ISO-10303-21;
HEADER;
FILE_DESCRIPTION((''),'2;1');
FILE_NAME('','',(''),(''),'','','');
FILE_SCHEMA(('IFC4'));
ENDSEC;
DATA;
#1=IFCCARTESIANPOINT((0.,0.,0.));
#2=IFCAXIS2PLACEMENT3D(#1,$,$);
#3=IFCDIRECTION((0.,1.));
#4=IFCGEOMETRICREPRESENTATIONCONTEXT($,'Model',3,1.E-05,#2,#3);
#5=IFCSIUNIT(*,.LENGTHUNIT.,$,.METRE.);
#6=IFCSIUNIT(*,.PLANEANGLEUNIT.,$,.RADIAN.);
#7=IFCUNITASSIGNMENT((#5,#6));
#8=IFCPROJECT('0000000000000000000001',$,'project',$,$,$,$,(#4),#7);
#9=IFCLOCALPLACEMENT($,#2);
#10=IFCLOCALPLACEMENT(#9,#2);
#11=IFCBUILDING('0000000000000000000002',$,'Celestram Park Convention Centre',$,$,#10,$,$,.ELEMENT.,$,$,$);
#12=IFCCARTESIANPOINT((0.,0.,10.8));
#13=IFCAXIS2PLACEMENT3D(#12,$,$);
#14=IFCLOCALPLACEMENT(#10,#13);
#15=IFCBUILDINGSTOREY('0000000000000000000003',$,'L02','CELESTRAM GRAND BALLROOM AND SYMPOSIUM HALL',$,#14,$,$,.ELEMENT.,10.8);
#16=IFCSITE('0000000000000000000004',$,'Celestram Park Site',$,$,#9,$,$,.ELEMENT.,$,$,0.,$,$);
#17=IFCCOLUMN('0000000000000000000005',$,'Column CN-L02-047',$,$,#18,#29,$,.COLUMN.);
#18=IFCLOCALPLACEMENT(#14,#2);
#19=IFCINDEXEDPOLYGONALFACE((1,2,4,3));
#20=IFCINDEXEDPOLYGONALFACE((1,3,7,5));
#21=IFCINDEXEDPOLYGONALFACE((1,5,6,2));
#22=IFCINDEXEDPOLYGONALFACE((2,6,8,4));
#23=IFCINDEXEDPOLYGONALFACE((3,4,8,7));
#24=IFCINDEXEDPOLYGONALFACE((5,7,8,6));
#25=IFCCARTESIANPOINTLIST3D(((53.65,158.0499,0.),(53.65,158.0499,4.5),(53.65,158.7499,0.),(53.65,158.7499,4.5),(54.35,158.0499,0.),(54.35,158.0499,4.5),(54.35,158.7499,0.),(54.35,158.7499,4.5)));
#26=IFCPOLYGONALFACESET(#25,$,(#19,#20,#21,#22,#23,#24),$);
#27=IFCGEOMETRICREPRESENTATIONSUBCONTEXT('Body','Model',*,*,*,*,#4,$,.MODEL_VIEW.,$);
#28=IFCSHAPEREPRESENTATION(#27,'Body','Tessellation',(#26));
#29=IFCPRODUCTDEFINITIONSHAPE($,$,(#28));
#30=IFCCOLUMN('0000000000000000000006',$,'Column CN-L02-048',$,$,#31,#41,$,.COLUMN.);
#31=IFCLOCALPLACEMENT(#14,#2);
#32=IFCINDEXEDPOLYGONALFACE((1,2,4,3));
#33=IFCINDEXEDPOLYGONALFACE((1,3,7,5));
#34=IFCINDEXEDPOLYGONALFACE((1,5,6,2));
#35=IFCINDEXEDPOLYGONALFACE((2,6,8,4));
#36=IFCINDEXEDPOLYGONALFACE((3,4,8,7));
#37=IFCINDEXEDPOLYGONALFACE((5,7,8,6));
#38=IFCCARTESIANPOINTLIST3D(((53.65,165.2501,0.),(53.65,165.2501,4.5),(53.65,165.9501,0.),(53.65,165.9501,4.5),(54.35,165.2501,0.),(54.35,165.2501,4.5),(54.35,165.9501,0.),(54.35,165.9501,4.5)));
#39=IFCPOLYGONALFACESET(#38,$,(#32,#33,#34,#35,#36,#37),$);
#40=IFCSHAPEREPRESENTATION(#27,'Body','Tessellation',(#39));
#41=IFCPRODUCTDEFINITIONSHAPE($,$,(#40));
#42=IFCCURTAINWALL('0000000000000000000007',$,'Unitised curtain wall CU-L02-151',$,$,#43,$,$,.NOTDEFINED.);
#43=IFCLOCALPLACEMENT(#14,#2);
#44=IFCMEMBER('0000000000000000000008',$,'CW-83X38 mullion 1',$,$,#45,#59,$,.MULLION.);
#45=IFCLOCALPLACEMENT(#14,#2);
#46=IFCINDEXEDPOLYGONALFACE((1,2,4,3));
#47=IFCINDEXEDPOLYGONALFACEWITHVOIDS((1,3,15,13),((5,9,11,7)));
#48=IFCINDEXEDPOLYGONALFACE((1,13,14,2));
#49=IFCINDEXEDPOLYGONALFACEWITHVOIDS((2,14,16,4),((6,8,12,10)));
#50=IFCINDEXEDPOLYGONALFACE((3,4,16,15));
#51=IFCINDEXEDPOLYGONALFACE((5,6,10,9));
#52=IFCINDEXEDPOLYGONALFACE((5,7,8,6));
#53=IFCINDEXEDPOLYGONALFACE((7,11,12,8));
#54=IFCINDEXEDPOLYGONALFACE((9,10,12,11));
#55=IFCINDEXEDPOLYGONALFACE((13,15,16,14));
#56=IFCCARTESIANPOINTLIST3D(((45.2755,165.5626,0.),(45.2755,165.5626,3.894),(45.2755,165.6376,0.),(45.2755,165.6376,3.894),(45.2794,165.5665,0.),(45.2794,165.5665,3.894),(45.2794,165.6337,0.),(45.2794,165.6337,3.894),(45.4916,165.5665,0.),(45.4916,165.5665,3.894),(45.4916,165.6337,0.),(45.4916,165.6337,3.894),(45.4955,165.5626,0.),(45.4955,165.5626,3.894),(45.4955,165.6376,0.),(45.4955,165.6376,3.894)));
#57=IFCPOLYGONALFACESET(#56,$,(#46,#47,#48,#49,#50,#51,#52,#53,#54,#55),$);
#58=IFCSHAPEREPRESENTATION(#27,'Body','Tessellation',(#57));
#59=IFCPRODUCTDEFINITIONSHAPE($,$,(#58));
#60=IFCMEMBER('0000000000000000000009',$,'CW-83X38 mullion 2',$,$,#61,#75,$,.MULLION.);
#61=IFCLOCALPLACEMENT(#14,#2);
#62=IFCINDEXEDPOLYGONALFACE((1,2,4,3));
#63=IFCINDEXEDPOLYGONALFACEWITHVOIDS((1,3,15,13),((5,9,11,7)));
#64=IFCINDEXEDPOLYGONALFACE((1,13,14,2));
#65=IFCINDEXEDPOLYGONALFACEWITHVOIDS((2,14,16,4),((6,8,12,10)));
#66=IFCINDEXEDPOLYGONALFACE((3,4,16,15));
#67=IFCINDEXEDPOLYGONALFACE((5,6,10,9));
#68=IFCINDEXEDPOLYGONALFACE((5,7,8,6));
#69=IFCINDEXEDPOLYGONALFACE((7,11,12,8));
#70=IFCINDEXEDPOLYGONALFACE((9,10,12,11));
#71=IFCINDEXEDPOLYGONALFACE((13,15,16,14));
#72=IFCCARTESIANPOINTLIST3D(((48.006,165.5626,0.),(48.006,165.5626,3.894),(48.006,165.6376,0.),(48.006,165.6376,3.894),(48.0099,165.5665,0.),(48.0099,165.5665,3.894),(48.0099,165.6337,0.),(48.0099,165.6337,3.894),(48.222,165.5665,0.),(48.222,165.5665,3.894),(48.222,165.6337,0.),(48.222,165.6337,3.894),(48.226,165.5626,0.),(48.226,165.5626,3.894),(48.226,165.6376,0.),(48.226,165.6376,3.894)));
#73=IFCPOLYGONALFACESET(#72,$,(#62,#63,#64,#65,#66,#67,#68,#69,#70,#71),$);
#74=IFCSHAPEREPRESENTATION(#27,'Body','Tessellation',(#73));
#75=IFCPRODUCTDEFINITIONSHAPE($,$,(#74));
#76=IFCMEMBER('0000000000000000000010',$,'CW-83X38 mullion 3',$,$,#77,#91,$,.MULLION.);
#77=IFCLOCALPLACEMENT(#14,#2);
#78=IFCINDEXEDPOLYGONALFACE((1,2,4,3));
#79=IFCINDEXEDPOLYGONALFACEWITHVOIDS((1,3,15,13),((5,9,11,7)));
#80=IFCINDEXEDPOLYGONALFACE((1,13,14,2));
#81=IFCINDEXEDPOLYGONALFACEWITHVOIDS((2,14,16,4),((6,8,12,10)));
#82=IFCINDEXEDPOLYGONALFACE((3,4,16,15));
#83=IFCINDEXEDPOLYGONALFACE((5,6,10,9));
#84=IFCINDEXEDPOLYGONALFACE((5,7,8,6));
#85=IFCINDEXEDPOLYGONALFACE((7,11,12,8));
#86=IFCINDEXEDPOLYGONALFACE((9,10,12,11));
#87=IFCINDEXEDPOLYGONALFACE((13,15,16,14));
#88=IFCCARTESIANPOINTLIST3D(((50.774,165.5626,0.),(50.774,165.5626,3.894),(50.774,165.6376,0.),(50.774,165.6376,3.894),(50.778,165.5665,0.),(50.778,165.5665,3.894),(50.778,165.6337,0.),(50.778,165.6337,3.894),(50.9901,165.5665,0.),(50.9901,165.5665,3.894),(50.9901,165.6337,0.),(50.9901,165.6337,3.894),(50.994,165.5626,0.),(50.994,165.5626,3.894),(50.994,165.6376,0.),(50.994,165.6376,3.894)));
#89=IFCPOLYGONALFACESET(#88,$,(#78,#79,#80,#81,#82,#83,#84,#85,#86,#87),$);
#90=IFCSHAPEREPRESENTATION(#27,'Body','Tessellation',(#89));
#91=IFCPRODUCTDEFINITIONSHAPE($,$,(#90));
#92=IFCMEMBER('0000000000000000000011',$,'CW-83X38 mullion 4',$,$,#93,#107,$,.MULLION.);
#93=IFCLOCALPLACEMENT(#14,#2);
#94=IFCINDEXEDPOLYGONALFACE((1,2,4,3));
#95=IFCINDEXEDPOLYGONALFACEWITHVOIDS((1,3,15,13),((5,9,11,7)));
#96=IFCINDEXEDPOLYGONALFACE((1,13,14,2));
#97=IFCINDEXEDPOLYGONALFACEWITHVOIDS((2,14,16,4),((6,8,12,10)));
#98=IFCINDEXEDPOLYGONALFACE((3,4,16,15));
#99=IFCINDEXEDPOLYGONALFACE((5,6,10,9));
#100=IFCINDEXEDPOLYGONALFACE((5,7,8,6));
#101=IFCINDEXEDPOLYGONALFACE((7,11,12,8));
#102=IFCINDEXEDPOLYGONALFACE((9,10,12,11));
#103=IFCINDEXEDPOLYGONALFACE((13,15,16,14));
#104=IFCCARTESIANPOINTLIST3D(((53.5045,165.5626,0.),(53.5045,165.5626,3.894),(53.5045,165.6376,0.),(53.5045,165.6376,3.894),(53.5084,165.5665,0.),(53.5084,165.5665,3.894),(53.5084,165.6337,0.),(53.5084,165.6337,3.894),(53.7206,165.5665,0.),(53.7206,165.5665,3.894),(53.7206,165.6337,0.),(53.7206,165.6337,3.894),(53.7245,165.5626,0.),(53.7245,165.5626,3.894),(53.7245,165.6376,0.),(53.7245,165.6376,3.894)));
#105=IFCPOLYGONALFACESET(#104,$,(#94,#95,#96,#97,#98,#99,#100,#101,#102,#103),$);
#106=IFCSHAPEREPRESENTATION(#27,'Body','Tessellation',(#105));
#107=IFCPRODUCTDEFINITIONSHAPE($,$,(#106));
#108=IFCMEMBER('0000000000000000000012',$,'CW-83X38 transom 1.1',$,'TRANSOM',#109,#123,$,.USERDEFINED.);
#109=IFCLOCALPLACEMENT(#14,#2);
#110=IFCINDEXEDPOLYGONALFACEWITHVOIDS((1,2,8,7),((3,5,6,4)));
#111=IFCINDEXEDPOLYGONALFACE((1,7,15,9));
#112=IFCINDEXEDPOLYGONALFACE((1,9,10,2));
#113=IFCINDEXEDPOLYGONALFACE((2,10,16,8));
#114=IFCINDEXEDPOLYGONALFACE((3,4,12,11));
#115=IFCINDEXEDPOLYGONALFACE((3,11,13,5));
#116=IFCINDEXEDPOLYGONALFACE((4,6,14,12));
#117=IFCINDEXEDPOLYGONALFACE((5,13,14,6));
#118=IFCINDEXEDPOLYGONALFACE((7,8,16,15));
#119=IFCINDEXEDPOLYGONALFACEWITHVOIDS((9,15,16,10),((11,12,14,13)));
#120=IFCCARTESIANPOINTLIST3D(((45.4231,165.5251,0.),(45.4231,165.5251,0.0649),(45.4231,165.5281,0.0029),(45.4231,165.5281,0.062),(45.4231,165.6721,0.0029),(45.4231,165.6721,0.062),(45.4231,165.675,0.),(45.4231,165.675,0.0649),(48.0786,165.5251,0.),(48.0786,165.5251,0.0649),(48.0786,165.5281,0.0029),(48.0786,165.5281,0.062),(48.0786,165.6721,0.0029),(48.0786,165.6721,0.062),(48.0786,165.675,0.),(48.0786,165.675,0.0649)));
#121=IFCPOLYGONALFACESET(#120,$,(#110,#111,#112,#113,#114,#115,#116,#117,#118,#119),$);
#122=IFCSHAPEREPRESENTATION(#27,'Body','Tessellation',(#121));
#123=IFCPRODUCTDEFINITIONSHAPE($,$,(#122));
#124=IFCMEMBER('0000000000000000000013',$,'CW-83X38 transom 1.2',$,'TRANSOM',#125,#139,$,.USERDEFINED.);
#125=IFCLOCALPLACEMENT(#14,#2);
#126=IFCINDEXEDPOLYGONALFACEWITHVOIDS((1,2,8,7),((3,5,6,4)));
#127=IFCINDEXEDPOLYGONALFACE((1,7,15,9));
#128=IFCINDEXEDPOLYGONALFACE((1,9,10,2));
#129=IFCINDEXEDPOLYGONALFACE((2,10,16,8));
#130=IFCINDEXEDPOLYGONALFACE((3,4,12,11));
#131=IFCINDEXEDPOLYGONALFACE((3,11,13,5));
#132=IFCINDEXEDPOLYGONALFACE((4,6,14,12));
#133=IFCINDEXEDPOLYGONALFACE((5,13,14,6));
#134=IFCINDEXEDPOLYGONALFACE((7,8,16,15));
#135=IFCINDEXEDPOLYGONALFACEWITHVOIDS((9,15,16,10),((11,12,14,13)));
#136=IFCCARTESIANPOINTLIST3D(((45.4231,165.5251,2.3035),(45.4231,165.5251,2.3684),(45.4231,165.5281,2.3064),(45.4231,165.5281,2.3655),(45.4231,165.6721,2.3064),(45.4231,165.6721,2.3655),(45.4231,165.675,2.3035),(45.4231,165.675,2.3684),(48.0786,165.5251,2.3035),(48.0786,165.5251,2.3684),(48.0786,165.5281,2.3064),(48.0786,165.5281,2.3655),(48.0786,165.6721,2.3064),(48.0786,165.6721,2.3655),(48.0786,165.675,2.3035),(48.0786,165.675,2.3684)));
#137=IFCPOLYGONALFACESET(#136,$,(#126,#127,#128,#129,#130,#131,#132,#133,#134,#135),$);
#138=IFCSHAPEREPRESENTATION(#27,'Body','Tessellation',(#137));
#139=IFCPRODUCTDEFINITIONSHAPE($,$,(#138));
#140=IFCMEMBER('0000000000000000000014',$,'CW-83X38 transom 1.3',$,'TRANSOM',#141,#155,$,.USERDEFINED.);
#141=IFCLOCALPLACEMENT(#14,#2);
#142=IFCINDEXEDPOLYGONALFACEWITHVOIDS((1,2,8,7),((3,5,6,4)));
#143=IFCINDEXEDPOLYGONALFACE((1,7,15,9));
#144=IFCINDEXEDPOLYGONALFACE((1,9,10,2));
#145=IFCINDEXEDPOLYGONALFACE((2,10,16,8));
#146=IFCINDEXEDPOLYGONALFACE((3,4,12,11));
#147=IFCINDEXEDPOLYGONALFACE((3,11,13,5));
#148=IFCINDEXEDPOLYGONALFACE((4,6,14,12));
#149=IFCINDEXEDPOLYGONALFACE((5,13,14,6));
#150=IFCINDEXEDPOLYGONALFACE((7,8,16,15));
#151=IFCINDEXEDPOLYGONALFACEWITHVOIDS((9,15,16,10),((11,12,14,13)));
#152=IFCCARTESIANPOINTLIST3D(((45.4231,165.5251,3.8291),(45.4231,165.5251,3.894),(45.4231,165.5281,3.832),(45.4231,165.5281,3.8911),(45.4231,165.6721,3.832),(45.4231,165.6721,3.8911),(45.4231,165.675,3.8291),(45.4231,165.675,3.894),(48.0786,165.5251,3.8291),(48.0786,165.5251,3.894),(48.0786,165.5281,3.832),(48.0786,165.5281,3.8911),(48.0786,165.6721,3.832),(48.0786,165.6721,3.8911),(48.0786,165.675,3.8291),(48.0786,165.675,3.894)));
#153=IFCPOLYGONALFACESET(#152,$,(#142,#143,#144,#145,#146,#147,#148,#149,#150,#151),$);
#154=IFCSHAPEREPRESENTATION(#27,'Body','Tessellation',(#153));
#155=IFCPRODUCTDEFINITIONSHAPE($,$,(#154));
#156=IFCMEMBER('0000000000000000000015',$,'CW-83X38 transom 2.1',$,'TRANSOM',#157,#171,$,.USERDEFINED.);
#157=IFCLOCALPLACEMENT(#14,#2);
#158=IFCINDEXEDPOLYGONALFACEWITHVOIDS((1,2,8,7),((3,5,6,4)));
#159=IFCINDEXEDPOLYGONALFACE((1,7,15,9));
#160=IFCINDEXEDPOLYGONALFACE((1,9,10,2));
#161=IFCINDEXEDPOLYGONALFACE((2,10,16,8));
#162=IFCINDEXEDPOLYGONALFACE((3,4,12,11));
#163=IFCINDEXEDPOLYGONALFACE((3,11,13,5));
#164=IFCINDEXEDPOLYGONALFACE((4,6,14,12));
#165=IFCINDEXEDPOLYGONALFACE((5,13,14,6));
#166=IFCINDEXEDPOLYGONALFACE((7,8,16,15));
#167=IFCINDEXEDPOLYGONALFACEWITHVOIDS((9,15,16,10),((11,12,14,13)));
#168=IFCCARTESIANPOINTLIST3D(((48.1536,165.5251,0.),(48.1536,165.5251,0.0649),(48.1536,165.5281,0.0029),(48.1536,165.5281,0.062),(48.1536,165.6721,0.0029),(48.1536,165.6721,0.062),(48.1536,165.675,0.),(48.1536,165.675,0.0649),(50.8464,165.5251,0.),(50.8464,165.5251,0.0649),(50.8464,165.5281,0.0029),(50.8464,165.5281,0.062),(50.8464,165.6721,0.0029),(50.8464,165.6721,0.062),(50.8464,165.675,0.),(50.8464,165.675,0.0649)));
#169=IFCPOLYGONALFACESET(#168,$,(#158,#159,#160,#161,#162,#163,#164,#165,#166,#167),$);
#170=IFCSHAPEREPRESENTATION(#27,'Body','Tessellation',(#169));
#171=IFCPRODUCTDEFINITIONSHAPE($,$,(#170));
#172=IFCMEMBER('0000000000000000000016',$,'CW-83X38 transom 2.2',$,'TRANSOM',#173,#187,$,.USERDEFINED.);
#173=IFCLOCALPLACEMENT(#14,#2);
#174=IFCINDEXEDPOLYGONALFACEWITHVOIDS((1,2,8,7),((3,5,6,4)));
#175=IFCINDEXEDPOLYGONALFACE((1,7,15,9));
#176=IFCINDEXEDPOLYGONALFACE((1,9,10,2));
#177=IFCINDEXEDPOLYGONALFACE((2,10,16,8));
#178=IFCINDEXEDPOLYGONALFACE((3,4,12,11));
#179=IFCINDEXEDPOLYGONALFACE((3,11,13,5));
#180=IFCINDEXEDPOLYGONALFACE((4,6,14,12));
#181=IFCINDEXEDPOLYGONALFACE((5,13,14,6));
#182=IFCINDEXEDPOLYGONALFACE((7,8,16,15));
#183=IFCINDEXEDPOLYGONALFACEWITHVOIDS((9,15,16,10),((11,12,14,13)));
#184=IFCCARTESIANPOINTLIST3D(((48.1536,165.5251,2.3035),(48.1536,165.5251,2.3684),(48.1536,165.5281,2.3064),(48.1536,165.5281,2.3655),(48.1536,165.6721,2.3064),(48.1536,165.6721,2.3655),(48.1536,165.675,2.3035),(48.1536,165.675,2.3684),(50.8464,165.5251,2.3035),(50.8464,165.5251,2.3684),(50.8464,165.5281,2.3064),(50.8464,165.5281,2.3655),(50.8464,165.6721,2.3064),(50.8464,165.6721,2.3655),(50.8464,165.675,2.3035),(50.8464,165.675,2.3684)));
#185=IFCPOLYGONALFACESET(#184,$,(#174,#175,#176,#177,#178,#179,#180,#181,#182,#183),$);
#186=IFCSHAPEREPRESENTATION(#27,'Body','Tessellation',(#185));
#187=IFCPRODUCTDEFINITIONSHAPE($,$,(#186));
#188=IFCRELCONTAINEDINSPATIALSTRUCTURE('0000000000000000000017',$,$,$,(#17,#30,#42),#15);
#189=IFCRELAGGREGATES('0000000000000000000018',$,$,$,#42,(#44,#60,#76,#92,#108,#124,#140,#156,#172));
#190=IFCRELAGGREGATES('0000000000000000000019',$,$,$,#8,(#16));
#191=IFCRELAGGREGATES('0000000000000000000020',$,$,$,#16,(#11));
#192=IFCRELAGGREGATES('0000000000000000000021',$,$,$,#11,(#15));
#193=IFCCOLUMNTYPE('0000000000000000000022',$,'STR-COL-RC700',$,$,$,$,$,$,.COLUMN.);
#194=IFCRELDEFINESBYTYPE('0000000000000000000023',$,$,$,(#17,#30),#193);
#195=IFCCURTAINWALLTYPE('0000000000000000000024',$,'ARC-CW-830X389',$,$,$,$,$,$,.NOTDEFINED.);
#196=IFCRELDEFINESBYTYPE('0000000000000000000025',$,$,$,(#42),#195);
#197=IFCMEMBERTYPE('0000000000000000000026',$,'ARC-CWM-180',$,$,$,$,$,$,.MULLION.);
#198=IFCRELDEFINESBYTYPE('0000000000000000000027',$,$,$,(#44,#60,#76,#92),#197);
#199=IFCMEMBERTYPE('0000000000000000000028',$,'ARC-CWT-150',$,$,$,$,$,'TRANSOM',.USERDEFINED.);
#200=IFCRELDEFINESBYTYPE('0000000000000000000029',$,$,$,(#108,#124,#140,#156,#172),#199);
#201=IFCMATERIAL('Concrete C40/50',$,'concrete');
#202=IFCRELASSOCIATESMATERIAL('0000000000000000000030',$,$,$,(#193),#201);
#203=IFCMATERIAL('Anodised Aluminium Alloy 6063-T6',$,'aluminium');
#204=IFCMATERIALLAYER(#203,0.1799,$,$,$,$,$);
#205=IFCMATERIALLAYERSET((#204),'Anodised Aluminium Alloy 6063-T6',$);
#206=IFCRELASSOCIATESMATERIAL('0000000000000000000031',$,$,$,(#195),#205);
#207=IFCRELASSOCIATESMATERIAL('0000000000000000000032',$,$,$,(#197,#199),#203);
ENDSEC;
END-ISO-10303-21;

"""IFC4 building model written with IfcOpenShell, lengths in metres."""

from ifc_helpers import new_model, si_unit, direction, frame, origin, origin_2d, place, context, subcontext, project, spatial, rectangle, hollow_rectangle, extrude, material, layer, layer_set, material_profile, profile_set, type_object, element, aggregate, save


model = new_model("IFC4")

# Units and contexts
model_context = context("Model", 3, precision=1e-05, world=origin(), true_north=direction((0.0, 1.0)))
body_context = subcontext(model_context, "Body", "Model", "MODEL_VIEW")
ifc_project = project(units=[si_unit("LENGTHUNIT", "METRE"), si_unit("PLANEANGLEUNIT", "RADIAN")], contexts=[model_context])

# Site, building, storey
site_placement = place(None, origin())
site = spatial("IfcSite", under=ifc_project, at=site_placement, Name="Celestram Park Site", CompositionType="ELEMENT", RefElevation=0.0)
building_placement = place(site_placement, origin())
building = spatial("IfcBuilding", under=site, at=building_placement, Name="Celestram Park Convention Centre", CompositionType="ELEMENT")
storey_placement = place(building_placement, frame((0.0, 0.0, 10.8)))
storey = spatial("IfcBuildingStorey", under=building, at=storey_placement, Name="L02", Description="CELESTRAM GRAND BALLROOM AND SYMPOSIUM HALL", CompositionType="ELEMENT", Elevation=10.8)

# Columns
ifc_material_1 = material(Name="Concrete C40/50", Category="concrete")
ifc_material_profile_1 = material_profile(ifc_material_1, rectangle(XDim=0.7, YDim=0.7, at=origin_2d()), Name="RC700X700")
ifc_profile_set_1 = profile_set([ifc_material_profile_1], Name="Concrete C40/50")
column_type = type_object("IfcColumnType", Name="STR-COL-RC700", PredefinedType="COLUMN", material=ifc_profile_set_1)
for number, where, z_axis, x_axis, name in (
    (1, (54.0, 158.3999, 0.0), (0.0, 0.0, 1.0), (1.0, 0.0, 0.0), "Column CN-L02-047"),
    (2, (54.0, 165.6001, 0.0), (0.0, 0.0, 1.0), (1.0, 0.0, 0.0), "Column CN-L02-048"),
):
    element("IfcColumn", number, at=place(storey_placement, frame(where, z_axis=z_axis, x_axis=x_axis)), inside=storey, type_object=column_type, Name=name, PredefinedType="COLUMN", context=body_context, shape_type="SweptSolid", body=[
        extrude(rectangle(XDim=0.7, YDim=0.7, at=origin_2d()), origin(), (0.0, 0.0, 1.0), 4.5),
    ])

# Curtain wall, members
ifc_material_2 = material(Name="Anodised Aluminium Alloy 6063-T6", Category="aluminium")
ifc_layer_1 = layer(ifc_material_2, 0.1799)
ifc_layer_set_1 = layer_set([ifc_layer_1], Name="Anodised Aluminium Alloy 6063-T6")
curtain_wall_type = type_object("IfcCurtainWallType", Name="ARC-CW-830X389", PredefinedType="NOTDEFINED", material=ifc_layer_set_1)
curtain_wall_placement = place(storey_placement, origin())
curtain_wall = element("IfcCurtainWall", 3, at=curtain_wall_placement, inside=storey, type_object=curtain_wall_type, Name="Unitised curtain wall CU-L02-151", PredefinedType="NOTDEFINED")
ifc_material_profile_2 = material_profile(ifc_material_2, hollow_rectangle(XDim=0.075, YDim=0.22, WallThickness=0.0039, at=origin_2d()), Name="ALU75X220X4")
ifc_profile_set_2 = profile_set([ifc_material_profile_2], Name="Anodised Aluminium Alloy 6063-T6")
member_type_1 = type_object("IfcMemberType", Name="ARC-CWM-180", PredefinedType="MULLION", material=ifc_profile_set_2)
member_1_placement = place(storey_placement, frame((45.3855, 165.6001, 0.0), z_axis=(0.0, 0.0, 1.0), x_axis=(0.0, 1.0, 0.0)))
member_1 = element("IfcMember", 4, at=member_1_placement, type_object=member_type_1, Name="CW-83X38 mullion 1", PredefinedType="MULLION", context=body_context, shape_type="SweptSolid", body=[
    extrude(hollow_rectangle(XDim=0.075, YDim=0.22, WallThickness=0.0039, at=origin_2d()), origin(), (0.0, 0.0, 1.0), 3.894),
])
member_2_placement = place(storey_placement, frame((48.116, 165.6001, 0.0), z_axis=(0.0, 0.0, 1.0), x_axis=(0.0, 1.0, 0.0)))
member_2 = element("IfcMember", 5, at=member_2_placement, type_object=member_type_1, Name="CW-83X38 mullion 2", PredefinedType="MULLION", context=body_context, shape_type="SweptSolid", body=[
    extrude(hollow_rectangle(XDim=0.075, YDim=0.22, WallThickness=0.0039, at=origin_2d()), origin(), (0.0, 0.0, 1.0), 3.894),
])
member_3_placement = place(storey_placement, frame((50.884, 165.6001, 0.0), z_axis=(0.0, 0.0, 1.0), x_axis=(0.0, 1.0, 0.0)))
member_3 = element("IfcMember", 6, at=member_3_placement, type_object=member_type_1, Name="CW-83X38 mullion 3", PredefinedType="MULLION", context=body_context, shape_type="SweptSolid", body=[
    extrude(hollow_rectangle(XDim=0.075, YDim=0.22, WallThickness=0.0039, at=origin_2d()), origin(), (0.0, 0.0, 1.0), 3.894),
])
member_4_placement = place(storey_placement, frame((53.6145, 165.6001, 0.0), z_axis=(0.0, 0.0, 1.0), x_axis=(0.0, 1.0, 0.0)))
member_4 = element("IfcMember", 7, at=member_4_placement, type_object=member_type_1, Name="CW-83X38 mullion 4", PredefinedType="MULLION", context=body_context, shape_type="SweptSolid", body=[
    extrude(hollow_rectangle(XDim=0.075, YDim=0.22, WallThickness=0.0039, at=origin_2d()), origin(), (0.0, 0.0, 1.0), 3.894),
])
ifc_material_profile_3 = material_profile(ifc_material_2, hollow_rectangle(XDim=0.1499, YDim=0.0649, WallThickness=0.0029, at=origin_2d()), Name="ALU150X65X3")
ifc_profile_set_3 = profile_set([ifc_material_profile_3], Name="Anodised Aluminium Alloy 6063-T6")
member_type_2 = type_object("IfcMemberType", Name="ARC-CWT-150", ElementType="TRANSOM", PredefinedType="USERDEFINED", material=ifc_profile_set_3)
member_5_placement = place(storey_placement, frame((45.4231, 165.6001, 0.0325), z_axis=(1.0, 0.0, 0.0), x_axis=(0.0, 1.0, 0.0)))
member_5 = element("IfcMember", 8, at=member_5_placement, type_object=member_type_2, Name="CW-83X38 transom 1.1", ObjectType="TRANSOM", PredefinedType="USERDEFINED", context=body_context, shape_type="SweptSolid", body=[
    extrude(hollow_rectangle(XDim=0.1499, YDim=0.0649, WallThickness=0.0029, at=origin_2d()), origin(), (0.0, 0.0, 1.0), 2.6555),
])
member_6_placement = place(storey_placement, frame((45.4231, 165.6001, 2.3359), z_axis=(1.0, 0.0, 0.0), x_axis=(0.0, 1.0, 0.0)))
member_6 = element("IfcMember", 9, at=member_6_placement, type_object=member_type_2, Name="CW-83X38 transom 1.2", ObjectType="TRANSOM", PredefinedType="USERDEFINED", context=body_context, shape_type="SweptSolid", body=[
    extrude(hollow_rectangle(XDim=0.1499, YDim=0.0649, WallThickness=0.0029, at=origin_2d()), origin(), (0.0, 0.0, 1.0), 2.6555),
])
member_7_placement = place(storey_placement, frame((45.4231, 165.6001, 3.8616), z_axis=(1.0, 0.0, 0.0), x_axis=(0.0, 1.0, 0.0)))
member_7 = element("IfcMember", 10, at=member_7_placement, type_object=member_type_2, Name="CW-83X38 transom 1.3", ObjectType="TRANSOM", PredefinedType="USERDEFINED", context=body_context, shape_type="SweptSolid", body=[
    extrude(hollow_rectangle(XDim=0.1499, YDim=0.0649, WallThickness=0.0029, at=origin_2d()), origin(), (0.0, 0.0, 1.0), 2.6555),
])
member_8_placement = place(storey_placement, frame((48.1536, 165.6001, 0.0325), z_axis=(1.0, 0.0, 0.0), x_axis=(0.0, 1.0, 0.0)))
member_8 = element("IfcMember", 11, at=member_8_placement, type_object=member_type_2, Name="CW-83X38 transom 2.1", ObjectType="TRANSOM", PredefinedType="USERDEFINED", context=body_context, shape_type="SweptSolid", body=[
    extrude(hollow_rectangle(XDim=0.1499, YDim=0.0649, WallThickness=0.0029, at=origin_2d()), origin(), (0.0, 0.0, 1.0), 2.6929),
])
member_9_placement = place(storey_placement, frame((48.1536, 165.6001, 2.3359), z_axis=(1.0, 0.0, 0.0), x_axis=(0.0, 1.0, 0.0)))
member_9 = element("IfcMember", 12, at=member_9_placement, type_object=member_type_2, Name="CW-83X38 transom 2.2", ObjectType="TRANSOM", PredefinedType="USERDEFINED", context=body_context, shape_type="SweptSolid", body=[
    extrude(hollow_rectangle(XDim=0.1499, YDim=0.0649, WallThickness=0.0029, at=origin_2d()), origin(), (0.0, 0.0, 1.0), 2.6929),
])

aggregate(curtain_wall, [member_1, member_2, member_3, member_4, member_5, member_6, member_7, member_8, member_9])

save(model, "model.ifc")
